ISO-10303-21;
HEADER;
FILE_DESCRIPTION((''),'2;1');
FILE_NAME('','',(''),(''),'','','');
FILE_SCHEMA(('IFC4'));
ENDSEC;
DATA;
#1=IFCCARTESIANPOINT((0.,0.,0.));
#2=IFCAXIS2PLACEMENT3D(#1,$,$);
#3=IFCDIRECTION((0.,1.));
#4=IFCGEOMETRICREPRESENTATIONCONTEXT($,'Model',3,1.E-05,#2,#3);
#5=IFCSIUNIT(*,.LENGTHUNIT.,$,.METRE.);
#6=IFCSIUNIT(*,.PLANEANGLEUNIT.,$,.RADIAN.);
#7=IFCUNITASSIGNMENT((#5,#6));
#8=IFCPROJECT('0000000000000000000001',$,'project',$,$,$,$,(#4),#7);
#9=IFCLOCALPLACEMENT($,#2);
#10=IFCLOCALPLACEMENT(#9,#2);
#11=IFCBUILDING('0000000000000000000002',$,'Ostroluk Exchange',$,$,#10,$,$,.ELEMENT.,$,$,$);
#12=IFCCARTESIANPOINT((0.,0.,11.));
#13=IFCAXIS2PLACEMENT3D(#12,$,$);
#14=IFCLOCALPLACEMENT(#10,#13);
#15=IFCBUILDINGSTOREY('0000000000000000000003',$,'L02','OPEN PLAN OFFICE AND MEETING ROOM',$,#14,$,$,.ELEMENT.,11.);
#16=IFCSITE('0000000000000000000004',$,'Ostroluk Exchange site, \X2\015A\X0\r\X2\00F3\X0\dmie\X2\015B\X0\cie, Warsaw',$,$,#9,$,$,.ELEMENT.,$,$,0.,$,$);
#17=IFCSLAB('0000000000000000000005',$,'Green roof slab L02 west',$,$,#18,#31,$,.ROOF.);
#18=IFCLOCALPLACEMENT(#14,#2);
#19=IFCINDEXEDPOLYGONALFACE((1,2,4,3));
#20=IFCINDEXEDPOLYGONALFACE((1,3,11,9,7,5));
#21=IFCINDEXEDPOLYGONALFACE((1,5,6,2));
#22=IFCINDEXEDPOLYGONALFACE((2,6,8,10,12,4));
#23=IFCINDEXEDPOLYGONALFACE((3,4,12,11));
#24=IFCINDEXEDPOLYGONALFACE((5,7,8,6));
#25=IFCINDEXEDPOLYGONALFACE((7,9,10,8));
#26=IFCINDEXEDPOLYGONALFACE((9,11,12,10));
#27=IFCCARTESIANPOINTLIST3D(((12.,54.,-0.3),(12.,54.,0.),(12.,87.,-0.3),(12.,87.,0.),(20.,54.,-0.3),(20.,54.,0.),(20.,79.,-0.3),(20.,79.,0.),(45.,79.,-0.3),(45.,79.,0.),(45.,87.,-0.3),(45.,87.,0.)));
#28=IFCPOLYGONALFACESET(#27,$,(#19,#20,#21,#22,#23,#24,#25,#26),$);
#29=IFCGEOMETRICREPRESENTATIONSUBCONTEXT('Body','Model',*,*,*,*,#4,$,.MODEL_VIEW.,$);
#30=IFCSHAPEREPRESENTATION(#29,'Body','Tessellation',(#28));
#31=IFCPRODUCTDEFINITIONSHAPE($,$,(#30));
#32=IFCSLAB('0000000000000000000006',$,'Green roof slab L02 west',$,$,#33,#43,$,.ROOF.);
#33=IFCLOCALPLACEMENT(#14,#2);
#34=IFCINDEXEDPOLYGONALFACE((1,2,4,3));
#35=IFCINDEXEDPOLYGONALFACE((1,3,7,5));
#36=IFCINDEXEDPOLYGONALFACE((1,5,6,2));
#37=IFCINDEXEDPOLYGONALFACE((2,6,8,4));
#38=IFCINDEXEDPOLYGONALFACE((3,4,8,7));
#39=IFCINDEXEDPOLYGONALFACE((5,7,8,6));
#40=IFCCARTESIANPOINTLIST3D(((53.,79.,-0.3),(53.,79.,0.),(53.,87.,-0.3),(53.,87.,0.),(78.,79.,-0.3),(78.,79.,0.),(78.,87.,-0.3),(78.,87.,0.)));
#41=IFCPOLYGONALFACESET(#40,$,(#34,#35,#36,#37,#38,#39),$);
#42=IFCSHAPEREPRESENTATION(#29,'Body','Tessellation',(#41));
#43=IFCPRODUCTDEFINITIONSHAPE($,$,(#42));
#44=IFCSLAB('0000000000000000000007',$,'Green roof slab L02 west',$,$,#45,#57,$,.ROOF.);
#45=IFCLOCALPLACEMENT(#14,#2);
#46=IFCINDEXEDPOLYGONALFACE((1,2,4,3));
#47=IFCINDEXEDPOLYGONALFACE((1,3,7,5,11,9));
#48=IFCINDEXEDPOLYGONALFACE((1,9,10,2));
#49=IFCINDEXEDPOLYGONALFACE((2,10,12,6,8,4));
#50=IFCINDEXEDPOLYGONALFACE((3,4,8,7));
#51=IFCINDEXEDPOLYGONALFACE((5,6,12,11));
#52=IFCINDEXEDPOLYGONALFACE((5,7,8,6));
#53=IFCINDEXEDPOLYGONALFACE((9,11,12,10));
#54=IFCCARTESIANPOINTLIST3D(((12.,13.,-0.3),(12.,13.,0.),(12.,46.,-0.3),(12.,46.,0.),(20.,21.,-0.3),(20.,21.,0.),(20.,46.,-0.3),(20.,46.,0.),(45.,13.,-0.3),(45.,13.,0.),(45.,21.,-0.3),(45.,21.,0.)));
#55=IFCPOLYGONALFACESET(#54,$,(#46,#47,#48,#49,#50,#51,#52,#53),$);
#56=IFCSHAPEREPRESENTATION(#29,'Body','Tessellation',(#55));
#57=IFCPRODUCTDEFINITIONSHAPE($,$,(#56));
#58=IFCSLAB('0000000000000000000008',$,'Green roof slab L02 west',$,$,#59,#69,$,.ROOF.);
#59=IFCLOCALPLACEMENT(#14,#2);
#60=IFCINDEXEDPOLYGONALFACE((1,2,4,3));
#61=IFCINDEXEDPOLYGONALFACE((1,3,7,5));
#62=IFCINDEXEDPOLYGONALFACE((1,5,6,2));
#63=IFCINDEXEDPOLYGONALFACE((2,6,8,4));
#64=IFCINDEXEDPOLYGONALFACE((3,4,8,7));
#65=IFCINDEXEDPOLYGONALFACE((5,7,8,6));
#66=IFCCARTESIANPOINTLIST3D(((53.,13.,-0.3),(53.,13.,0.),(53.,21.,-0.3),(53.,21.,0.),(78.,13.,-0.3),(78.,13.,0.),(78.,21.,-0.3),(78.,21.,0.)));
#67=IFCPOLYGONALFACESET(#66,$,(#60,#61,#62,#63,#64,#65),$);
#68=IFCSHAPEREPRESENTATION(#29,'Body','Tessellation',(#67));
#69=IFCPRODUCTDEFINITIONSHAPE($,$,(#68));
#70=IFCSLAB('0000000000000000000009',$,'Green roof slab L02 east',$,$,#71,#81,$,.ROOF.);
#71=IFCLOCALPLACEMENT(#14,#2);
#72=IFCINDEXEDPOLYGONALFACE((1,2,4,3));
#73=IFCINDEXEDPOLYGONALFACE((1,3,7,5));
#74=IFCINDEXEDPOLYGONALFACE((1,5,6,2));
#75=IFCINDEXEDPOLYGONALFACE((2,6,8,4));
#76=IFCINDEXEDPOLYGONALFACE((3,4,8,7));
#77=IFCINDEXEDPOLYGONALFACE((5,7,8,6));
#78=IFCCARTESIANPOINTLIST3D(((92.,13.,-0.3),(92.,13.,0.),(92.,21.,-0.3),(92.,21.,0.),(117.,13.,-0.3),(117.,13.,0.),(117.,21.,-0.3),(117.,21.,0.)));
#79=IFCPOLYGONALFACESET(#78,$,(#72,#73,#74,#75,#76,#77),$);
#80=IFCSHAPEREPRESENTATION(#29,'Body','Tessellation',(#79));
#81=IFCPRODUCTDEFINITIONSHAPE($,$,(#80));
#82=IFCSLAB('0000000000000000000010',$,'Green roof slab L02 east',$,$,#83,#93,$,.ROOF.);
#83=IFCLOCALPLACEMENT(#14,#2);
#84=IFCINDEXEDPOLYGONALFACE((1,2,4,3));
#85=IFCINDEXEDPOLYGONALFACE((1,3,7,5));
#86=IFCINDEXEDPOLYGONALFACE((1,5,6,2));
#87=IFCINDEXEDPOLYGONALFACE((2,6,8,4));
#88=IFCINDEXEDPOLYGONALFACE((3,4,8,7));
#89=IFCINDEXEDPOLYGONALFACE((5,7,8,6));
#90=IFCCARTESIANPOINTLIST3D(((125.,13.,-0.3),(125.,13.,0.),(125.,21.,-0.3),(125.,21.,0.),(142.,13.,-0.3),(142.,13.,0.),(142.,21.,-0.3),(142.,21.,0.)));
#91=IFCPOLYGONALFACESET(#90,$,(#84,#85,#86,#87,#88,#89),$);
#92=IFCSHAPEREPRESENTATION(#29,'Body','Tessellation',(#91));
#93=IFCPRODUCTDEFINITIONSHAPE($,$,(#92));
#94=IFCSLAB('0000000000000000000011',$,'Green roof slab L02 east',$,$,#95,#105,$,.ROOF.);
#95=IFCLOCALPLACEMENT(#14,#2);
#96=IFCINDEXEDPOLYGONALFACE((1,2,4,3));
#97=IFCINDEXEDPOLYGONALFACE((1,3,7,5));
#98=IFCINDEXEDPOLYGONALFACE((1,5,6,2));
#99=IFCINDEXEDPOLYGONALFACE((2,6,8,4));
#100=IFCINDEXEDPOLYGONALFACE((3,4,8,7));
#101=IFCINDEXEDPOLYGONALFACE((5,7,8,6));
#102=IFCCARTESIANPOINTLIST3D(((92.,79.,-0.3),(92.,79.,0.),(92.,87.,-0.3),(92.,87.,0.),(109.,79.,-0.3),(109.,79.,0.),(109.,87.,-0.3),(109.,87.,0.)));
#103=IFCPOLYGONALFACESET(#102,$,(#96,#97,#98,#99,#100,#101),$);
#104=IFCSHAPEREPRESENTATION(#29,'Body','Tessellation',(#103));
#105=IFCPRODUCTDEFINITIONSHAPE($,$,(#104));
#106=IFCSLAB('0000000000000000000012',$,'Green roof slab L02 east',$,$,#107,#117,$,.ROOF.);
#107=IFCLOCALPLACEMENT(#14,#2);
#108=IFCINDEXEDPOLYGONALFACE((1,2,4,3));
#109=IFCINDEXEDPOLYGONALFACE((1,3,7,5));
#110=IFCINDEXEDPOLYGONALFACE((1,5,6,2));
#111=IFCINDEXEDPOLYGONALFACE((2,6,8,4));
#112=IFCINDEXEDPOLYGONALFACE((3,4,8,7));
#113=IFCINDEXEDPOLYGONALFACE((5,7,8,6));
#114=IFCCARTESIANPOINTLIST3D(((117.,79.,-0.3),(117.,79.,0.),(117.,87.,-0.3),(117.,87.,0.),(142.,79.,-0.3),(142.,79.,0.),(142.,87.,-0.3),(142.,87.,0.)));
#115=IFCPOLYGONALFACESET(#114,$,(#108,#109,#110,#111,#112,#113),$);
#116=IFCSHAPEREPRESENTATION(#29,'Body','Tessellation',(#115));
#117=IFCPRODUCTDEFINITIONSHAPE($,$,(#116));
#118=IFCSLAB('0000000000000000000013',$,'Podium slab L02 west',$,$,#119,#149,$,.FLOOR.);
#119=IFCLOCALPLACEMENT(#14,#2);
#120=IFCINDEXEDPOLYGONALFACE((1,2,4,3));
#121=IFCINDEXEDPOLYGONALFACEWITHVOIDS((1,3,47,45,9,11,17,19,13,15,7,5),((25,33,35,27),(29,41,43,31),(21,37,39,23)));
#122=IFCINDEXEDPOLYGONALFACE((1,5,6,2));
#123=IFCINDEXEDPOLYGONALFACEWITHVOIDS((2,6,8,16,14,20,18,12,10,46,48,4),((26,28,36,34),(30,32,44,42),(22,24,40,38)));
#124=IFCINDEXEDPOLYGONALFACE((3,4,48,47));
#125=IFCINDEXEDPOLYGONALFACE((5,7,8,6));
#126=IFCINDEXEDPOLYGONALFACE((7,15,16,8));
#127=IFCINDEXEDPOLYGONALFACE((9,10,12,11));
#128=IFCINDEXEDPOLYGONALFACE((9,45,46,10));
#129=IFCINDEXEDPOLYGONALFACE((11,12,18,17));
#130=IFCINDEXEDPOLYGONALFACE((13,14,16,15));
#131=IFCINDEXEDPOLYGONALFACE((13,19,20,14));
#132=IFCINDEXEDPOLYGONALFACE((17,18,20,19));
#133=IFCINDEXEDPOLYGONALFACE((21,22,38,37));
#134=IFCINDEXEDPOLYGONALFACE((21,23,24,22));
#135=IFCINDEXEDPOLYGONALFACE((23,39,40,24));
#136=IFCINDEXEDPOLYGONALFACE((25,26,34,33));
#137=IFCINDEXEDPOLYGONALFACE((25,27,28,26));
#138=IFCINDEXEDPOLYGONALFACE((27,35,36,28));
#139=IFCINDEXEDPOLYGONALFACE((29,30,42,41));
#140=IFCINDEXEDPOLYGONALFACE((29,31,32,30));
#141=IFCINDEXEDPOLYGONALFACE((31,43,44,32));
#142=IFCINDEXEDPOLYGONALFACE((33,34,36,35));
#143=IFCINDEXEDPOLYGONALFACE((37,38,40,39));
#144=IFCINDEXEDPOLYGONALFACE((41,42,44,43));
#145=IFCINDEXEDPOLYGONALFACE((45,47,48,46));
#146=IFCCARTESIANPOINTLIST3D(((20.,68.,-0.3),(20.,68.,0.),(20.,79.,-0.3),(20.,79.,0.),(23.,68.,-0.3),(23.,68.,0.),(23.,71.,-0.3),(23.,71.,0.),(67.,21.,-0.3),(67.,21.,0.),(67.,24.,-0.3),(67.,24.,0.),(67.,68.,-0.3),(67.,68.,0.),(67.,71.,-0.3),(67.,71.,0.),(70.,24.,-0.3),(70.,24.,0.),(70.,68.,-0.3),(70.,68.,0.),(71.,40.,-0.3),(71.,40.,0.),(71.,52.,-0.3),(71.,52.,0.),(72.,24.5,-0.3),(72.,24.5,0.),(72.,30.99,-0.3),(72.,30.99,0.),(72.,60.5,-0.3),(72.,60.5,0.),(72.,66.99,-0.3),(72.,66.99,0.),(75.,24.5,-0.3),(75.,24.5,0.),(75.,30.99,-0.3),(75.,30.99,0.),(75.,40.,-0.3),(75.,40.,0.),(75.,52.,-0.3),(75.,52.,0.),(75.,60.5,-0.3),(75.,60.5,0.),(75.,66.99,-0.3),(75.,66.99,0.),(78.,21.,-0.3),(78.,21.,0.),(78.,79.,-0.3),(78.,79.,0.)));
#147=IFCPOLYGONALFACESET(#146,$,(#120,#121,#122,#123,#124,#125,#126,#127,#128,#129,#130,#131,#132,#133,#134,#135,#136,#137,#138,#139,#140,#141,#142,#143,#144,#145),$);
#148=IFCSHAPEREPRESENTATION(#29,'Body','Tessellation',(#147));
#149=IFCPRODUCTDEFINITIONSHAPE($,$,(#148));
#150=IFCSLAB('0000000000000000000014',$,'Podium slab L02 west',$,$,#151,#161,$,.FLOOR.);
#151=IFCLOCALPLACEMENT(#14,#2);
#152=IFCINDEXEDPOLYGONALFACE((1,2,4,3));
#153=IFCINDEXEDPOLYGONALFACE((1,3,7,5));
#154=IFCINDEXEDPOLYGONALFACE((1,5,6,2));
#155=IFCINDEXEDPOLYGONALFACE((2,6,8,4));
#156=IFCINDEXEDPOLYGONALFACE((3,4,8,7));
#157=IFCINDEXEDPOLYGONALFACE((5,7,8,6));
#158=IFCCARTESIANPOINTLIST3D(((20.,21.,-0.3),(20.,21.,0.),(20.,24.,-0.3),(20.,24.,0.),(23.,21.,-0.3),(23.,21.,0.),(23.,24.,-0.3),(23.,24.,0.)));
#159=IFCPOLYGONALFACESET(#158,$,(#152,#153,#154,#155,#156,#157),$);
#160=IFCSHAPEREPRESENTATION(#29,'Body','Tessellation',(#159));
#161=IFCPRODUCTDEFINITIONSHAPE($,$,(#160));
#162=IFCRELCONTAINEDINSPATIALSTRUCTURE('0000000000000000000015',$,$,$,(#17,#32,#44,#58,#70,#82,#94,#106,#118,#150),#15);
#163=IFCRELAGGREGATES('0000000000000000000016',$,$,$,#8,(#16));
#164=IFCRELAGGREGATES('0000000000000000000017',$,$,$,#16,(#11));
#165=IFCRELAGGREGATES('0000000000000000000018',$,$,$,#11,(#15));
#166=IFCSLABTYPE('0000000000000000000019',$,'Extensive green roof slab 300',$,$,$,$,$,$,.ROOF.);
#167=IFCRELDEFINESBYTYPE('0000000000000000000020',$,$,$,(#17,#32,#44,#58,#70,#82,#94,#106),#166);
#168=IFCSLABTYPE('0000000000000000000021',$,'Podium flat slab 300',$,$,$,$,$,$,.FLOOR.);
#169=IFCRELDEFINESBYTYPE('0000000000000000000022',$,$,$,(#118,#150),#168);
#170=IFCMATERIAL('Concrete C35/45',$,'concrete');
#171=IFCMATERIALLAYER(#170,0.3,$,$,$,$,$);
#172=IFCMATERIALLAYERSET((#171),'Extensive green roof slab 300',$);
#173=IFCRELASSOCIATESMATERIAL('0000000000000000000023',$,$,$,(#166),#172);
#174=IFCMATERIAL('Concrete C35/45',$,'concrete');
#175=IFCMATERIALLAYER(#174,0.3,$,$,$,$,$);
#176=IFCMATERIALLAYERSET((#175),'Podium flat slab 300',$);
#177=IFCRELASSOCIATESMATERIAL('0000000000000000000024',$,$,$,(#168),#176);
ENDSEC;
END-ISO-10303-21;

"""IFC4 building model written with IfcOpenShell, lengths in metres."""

from ifc_helpers import new_model, si_unit, direction, frame, origin, place, context, subcontext, project, spatial, polyline, outline, extrude, material, layer, layer_set, type_object, element, save


model = new_model("IFC4")

# Units and contexts
model_context = context("Model", 3, precision=1e-05, world=origin(), true_north=direction((0.0, 1.0)))
body_context = subcontext(model_context, "Body", "Model", "MODEL_VIEW")
ifc_project = project(units=[si_unit("LENGTHUNIT", "METRE"), si_unit("PLANEANGLEUNIT", "RADIAN")], contexts=[model_context])

# Site, building, storey
site_placement = place(None, origin())
site = spatial("IfcSite", under=ifc_project, at=site_placement, Name="Ostroluk Exchange site, Śródmieście, Warsaw", CompositionType="ELEMENT", RefElevation=0.0)
building_placement = place(site_placement, origin())
building = spatial("IfcBuilding", under=site, at=building_placement, Name="Ostroluk Exchange", CompositionType="ELEMENT")
storey_placement = place(building_placement, frame((0.0, 0.0, 11.0)))
storey = spatial("IfcBuildingStorey", under=building, at=storey_placement, Name="L02", Description="OPEN PLAN OFFICE AND MEETING ROOM", CompositionType="ELEMENT", Elevation=11.0)

# Slabs
ifc_material_1 = material(Name="Concrete C35/45", Category="concrete")
ifc_layer_1 = layer(ifc_material_1, 0.3)
ifc_layer_set_1 = layer_set([ifc_layer_1], Name="Extensive green roof slab 300")
slab_type_1 = type_object("IfcSlabType", Name="Extensive green roof slab 300", PredefinedType="ROOF", material=ifc_layer_set_1)
slab_1_placement = place(storey_placement, frame((0.0, 0.0, -0.3)))
element("IfcSlab", 1, at=slab_1_placement, inside=storey, type_object=slab_type_1, Name="Green roof slab L02 west", PredefinedType="ROOF", context=body_context, shape_type="SweptSolid", body=[
    extrude(outline(polyline([(45.0, 87.0), (45.0, 79.0), (20.0, 79.0), (20.0, 54.0), (12.0, 54.0), (12.0, 87.0), (45.0, 87.0)])), origin(), (0.0, 0.0, 1.0), 0.3),
])
slab_2_placement = place(storey_placement, frame((0.0, 0.0, -0.3)))
element("IfcSlab", 2, at=slab_2_placement, inside=storey, type_object=slab_type_1, Name="Green roof slab L02 west", PredefinedType="ROOF", context=body_context, shape_type="SweptSolid", body=[
    extrude(outline(polyline([(78.0, 87.0), (78.0, 79.0), (53.0, 79.0), (53.0, 87.0), (78.0, 87.0)])), origin(), (0.0, 0.0, 1.0), 0.3),
])
slab_3_placement = place(storey_placement, frame((0.0, 0.0, -0.3)))
element("IfcSlab", 3, at=slab_3_placement, inside=storey, type_object=slab_type_1, Name="Green roof slab L02 west", PredefinedType="ROOF", context=body_context, shape_type="SweptSolid", body=[
    extrude(outline(polyline([(20.0, 46.0), (20.0, 21.0), (45.0, 21.0), (45.0, 13.0), (12.0, 13.0), (12.0, 46.0), (20.0, 46.0)])), origin(), (0.0, 0.0, 1.0), 0.3),
])
slab_4_placement = place(storey_placement, frame((0.0, 0.0, -0.3)))
element("IfcSlab", 4, at=slab_4_placement, inside=storey, type_object=slab_type_1, Name="Green roof slab L02 west", PredefinedType="ROOF", context=body_context, shape_type="SweptSolid", body=[
    extrude(outline(polyline([(53.0, 21.0), (78.0, 21.0), (78.0, 13.0), (53.0, 13.0), (53.0, 21.0)])), origin(), (0.0, 0.0, 1.0), 0.3),
])
slab_5_placement = place(storey_placement, frame((0.0, 0.0, -0.3)))
element("IfcSlab", 5, at=slab_5_placement, inside=storey, type_object=slab_type_1, Name="Green roof slab L02 east", PredefinedType="ROOF", context=body_context, shape_type="SweptSolid", body=[
    extrude(outline(polyline([(117.0, 21.0), (117.0, 13.0), (92.0, 13.0), (92.0, 21.0), (117.0, 21.0)])), origin(), (0.0, 0.0, 1.0), 0.3),
])
slab_6_placement = place(storey_placement, frame((0.0, 0.0, -0.3)))
element("IfcSlab", 6, at=slab_6_placement, inside=storey, type_object=slab_type_1, Name="Green roof slab L02 east", PredefinedType="ROOF", context=body_context, shape_type="SweptSolid", body=[
    extrude(outline(polyline([(142.0, 21.0), (142.0, 13.0), (125.0, 13.0), (125.0, 21.0), (142.0, 21.0)])), origin(), (0.0, 0.0, 1.0), 0.3),
])
slab_7_placement = place(storey_placement, frame((0.0, 0.0, -0.3)))
element("IfcSlab", 7, at=slab_7_placement, inside=storey, type_object=slab_type_1, Name="Green roof slab L02 east", PredefinedType="ROOF", context=body_context, shape_type="SweptSolid", body=[
    extrude(outline(polyline([(109.0, 87.0), (109.0, 79.0), (92.0, 79.0), (92.0, 87.0), (109.0, 87.0)])), origin(), (0.0, 0.0, 1.0), 0.3),
])
slab_8_placement = place(storey_placement, frame((0.0, 0.0, -0.3)))
element("IfcSlab", 8, at=slab_8_placement, inside=storey, type_object=slab_type_1, Name="Green roof slab L02 east", PredefinedType="ROOF", context=body_context, shape_type="SweptSolid", body=[
    extrude(outline(polyline([(142.0, 87.0), (142.0, 79.0), (117.0, 79.0), (117.0, 87.0), (142.0, 87.0)])), origin(), (0.0, 0.0, 1.0), 0.3),
])
ifc_material_2 = material(Name="Concrete C35/45", Category="concrete")
ifc_layer_2 = layer(ifc_material_2, 0.3)
ifc_layer_set_2 = layer_set([ifc_layer_2], Name="Podium flat slab 300")
slab_type_2 = type_object("IfcSlabType", Name="Podium flat slab 300", PredefinedType="FLOOR", material=ifc_layer_set_2)
slab_9_placement = place(storey_placement, frame((0.0, 0.0, -0.3)))
element("IfcSlab", 9, at=slab_9_placement, inside=storey, type_object=slab_type_2, Name="Podium slab L02 west", PredefinedType="FLOOR", context=body_context, shape_type="SweptSolid", body=[
    extrude(outline(polyline([(78.0, 21.0), (67.0, 21.0), (67.0, 24.0), (70.0, 24.0), (70.0, 68.0), (67.0, 68.0), (67.0, 71.0), (23.0, 71.0), (23.0, 68.0), (20.0, 68.0), (20.0, 79.0), (78.0, 79.0), (78.0, 21.0)]), holes=[polyline([(75.0, 24.5), (75.0, 30.99), (72.0, 30.99), (72.0, 24.5), (75.0, 24.5)]), polyline([(72.0, 60.5), (75.0, 60.5), (75.0, 66.99), (72.0, 66.99), (72.0, 60.5)]), polyline([(71.0, 52.0), (71.0, 40.0), (75.0, 40.0), (75.0, 52.0), (71.0, 52.0)])]), origin(), (0.0, 0.0, 1.0), 0.3),
])
slab_10_placement = place(storey_placement, frame((0.0, 0.0, -0.3)))
element("IfcSlab", 10, at=slab_10_placement, inside=storey, type_object=slab_type_2, Name="Podium slab L02 west", PredefinedType="FLOOR", context=body_context, shape_type="SweptSolid", body=[
    extrude(outline(polyline([(23.0, 24.0), (23.0, 21.0), (20.0, 21.0), (20.0, 24.0), (23.0, 24.0)])), origin(), (0.0, 0.0, 1.0), 0.3),
])

save(model, "model.ifc")
